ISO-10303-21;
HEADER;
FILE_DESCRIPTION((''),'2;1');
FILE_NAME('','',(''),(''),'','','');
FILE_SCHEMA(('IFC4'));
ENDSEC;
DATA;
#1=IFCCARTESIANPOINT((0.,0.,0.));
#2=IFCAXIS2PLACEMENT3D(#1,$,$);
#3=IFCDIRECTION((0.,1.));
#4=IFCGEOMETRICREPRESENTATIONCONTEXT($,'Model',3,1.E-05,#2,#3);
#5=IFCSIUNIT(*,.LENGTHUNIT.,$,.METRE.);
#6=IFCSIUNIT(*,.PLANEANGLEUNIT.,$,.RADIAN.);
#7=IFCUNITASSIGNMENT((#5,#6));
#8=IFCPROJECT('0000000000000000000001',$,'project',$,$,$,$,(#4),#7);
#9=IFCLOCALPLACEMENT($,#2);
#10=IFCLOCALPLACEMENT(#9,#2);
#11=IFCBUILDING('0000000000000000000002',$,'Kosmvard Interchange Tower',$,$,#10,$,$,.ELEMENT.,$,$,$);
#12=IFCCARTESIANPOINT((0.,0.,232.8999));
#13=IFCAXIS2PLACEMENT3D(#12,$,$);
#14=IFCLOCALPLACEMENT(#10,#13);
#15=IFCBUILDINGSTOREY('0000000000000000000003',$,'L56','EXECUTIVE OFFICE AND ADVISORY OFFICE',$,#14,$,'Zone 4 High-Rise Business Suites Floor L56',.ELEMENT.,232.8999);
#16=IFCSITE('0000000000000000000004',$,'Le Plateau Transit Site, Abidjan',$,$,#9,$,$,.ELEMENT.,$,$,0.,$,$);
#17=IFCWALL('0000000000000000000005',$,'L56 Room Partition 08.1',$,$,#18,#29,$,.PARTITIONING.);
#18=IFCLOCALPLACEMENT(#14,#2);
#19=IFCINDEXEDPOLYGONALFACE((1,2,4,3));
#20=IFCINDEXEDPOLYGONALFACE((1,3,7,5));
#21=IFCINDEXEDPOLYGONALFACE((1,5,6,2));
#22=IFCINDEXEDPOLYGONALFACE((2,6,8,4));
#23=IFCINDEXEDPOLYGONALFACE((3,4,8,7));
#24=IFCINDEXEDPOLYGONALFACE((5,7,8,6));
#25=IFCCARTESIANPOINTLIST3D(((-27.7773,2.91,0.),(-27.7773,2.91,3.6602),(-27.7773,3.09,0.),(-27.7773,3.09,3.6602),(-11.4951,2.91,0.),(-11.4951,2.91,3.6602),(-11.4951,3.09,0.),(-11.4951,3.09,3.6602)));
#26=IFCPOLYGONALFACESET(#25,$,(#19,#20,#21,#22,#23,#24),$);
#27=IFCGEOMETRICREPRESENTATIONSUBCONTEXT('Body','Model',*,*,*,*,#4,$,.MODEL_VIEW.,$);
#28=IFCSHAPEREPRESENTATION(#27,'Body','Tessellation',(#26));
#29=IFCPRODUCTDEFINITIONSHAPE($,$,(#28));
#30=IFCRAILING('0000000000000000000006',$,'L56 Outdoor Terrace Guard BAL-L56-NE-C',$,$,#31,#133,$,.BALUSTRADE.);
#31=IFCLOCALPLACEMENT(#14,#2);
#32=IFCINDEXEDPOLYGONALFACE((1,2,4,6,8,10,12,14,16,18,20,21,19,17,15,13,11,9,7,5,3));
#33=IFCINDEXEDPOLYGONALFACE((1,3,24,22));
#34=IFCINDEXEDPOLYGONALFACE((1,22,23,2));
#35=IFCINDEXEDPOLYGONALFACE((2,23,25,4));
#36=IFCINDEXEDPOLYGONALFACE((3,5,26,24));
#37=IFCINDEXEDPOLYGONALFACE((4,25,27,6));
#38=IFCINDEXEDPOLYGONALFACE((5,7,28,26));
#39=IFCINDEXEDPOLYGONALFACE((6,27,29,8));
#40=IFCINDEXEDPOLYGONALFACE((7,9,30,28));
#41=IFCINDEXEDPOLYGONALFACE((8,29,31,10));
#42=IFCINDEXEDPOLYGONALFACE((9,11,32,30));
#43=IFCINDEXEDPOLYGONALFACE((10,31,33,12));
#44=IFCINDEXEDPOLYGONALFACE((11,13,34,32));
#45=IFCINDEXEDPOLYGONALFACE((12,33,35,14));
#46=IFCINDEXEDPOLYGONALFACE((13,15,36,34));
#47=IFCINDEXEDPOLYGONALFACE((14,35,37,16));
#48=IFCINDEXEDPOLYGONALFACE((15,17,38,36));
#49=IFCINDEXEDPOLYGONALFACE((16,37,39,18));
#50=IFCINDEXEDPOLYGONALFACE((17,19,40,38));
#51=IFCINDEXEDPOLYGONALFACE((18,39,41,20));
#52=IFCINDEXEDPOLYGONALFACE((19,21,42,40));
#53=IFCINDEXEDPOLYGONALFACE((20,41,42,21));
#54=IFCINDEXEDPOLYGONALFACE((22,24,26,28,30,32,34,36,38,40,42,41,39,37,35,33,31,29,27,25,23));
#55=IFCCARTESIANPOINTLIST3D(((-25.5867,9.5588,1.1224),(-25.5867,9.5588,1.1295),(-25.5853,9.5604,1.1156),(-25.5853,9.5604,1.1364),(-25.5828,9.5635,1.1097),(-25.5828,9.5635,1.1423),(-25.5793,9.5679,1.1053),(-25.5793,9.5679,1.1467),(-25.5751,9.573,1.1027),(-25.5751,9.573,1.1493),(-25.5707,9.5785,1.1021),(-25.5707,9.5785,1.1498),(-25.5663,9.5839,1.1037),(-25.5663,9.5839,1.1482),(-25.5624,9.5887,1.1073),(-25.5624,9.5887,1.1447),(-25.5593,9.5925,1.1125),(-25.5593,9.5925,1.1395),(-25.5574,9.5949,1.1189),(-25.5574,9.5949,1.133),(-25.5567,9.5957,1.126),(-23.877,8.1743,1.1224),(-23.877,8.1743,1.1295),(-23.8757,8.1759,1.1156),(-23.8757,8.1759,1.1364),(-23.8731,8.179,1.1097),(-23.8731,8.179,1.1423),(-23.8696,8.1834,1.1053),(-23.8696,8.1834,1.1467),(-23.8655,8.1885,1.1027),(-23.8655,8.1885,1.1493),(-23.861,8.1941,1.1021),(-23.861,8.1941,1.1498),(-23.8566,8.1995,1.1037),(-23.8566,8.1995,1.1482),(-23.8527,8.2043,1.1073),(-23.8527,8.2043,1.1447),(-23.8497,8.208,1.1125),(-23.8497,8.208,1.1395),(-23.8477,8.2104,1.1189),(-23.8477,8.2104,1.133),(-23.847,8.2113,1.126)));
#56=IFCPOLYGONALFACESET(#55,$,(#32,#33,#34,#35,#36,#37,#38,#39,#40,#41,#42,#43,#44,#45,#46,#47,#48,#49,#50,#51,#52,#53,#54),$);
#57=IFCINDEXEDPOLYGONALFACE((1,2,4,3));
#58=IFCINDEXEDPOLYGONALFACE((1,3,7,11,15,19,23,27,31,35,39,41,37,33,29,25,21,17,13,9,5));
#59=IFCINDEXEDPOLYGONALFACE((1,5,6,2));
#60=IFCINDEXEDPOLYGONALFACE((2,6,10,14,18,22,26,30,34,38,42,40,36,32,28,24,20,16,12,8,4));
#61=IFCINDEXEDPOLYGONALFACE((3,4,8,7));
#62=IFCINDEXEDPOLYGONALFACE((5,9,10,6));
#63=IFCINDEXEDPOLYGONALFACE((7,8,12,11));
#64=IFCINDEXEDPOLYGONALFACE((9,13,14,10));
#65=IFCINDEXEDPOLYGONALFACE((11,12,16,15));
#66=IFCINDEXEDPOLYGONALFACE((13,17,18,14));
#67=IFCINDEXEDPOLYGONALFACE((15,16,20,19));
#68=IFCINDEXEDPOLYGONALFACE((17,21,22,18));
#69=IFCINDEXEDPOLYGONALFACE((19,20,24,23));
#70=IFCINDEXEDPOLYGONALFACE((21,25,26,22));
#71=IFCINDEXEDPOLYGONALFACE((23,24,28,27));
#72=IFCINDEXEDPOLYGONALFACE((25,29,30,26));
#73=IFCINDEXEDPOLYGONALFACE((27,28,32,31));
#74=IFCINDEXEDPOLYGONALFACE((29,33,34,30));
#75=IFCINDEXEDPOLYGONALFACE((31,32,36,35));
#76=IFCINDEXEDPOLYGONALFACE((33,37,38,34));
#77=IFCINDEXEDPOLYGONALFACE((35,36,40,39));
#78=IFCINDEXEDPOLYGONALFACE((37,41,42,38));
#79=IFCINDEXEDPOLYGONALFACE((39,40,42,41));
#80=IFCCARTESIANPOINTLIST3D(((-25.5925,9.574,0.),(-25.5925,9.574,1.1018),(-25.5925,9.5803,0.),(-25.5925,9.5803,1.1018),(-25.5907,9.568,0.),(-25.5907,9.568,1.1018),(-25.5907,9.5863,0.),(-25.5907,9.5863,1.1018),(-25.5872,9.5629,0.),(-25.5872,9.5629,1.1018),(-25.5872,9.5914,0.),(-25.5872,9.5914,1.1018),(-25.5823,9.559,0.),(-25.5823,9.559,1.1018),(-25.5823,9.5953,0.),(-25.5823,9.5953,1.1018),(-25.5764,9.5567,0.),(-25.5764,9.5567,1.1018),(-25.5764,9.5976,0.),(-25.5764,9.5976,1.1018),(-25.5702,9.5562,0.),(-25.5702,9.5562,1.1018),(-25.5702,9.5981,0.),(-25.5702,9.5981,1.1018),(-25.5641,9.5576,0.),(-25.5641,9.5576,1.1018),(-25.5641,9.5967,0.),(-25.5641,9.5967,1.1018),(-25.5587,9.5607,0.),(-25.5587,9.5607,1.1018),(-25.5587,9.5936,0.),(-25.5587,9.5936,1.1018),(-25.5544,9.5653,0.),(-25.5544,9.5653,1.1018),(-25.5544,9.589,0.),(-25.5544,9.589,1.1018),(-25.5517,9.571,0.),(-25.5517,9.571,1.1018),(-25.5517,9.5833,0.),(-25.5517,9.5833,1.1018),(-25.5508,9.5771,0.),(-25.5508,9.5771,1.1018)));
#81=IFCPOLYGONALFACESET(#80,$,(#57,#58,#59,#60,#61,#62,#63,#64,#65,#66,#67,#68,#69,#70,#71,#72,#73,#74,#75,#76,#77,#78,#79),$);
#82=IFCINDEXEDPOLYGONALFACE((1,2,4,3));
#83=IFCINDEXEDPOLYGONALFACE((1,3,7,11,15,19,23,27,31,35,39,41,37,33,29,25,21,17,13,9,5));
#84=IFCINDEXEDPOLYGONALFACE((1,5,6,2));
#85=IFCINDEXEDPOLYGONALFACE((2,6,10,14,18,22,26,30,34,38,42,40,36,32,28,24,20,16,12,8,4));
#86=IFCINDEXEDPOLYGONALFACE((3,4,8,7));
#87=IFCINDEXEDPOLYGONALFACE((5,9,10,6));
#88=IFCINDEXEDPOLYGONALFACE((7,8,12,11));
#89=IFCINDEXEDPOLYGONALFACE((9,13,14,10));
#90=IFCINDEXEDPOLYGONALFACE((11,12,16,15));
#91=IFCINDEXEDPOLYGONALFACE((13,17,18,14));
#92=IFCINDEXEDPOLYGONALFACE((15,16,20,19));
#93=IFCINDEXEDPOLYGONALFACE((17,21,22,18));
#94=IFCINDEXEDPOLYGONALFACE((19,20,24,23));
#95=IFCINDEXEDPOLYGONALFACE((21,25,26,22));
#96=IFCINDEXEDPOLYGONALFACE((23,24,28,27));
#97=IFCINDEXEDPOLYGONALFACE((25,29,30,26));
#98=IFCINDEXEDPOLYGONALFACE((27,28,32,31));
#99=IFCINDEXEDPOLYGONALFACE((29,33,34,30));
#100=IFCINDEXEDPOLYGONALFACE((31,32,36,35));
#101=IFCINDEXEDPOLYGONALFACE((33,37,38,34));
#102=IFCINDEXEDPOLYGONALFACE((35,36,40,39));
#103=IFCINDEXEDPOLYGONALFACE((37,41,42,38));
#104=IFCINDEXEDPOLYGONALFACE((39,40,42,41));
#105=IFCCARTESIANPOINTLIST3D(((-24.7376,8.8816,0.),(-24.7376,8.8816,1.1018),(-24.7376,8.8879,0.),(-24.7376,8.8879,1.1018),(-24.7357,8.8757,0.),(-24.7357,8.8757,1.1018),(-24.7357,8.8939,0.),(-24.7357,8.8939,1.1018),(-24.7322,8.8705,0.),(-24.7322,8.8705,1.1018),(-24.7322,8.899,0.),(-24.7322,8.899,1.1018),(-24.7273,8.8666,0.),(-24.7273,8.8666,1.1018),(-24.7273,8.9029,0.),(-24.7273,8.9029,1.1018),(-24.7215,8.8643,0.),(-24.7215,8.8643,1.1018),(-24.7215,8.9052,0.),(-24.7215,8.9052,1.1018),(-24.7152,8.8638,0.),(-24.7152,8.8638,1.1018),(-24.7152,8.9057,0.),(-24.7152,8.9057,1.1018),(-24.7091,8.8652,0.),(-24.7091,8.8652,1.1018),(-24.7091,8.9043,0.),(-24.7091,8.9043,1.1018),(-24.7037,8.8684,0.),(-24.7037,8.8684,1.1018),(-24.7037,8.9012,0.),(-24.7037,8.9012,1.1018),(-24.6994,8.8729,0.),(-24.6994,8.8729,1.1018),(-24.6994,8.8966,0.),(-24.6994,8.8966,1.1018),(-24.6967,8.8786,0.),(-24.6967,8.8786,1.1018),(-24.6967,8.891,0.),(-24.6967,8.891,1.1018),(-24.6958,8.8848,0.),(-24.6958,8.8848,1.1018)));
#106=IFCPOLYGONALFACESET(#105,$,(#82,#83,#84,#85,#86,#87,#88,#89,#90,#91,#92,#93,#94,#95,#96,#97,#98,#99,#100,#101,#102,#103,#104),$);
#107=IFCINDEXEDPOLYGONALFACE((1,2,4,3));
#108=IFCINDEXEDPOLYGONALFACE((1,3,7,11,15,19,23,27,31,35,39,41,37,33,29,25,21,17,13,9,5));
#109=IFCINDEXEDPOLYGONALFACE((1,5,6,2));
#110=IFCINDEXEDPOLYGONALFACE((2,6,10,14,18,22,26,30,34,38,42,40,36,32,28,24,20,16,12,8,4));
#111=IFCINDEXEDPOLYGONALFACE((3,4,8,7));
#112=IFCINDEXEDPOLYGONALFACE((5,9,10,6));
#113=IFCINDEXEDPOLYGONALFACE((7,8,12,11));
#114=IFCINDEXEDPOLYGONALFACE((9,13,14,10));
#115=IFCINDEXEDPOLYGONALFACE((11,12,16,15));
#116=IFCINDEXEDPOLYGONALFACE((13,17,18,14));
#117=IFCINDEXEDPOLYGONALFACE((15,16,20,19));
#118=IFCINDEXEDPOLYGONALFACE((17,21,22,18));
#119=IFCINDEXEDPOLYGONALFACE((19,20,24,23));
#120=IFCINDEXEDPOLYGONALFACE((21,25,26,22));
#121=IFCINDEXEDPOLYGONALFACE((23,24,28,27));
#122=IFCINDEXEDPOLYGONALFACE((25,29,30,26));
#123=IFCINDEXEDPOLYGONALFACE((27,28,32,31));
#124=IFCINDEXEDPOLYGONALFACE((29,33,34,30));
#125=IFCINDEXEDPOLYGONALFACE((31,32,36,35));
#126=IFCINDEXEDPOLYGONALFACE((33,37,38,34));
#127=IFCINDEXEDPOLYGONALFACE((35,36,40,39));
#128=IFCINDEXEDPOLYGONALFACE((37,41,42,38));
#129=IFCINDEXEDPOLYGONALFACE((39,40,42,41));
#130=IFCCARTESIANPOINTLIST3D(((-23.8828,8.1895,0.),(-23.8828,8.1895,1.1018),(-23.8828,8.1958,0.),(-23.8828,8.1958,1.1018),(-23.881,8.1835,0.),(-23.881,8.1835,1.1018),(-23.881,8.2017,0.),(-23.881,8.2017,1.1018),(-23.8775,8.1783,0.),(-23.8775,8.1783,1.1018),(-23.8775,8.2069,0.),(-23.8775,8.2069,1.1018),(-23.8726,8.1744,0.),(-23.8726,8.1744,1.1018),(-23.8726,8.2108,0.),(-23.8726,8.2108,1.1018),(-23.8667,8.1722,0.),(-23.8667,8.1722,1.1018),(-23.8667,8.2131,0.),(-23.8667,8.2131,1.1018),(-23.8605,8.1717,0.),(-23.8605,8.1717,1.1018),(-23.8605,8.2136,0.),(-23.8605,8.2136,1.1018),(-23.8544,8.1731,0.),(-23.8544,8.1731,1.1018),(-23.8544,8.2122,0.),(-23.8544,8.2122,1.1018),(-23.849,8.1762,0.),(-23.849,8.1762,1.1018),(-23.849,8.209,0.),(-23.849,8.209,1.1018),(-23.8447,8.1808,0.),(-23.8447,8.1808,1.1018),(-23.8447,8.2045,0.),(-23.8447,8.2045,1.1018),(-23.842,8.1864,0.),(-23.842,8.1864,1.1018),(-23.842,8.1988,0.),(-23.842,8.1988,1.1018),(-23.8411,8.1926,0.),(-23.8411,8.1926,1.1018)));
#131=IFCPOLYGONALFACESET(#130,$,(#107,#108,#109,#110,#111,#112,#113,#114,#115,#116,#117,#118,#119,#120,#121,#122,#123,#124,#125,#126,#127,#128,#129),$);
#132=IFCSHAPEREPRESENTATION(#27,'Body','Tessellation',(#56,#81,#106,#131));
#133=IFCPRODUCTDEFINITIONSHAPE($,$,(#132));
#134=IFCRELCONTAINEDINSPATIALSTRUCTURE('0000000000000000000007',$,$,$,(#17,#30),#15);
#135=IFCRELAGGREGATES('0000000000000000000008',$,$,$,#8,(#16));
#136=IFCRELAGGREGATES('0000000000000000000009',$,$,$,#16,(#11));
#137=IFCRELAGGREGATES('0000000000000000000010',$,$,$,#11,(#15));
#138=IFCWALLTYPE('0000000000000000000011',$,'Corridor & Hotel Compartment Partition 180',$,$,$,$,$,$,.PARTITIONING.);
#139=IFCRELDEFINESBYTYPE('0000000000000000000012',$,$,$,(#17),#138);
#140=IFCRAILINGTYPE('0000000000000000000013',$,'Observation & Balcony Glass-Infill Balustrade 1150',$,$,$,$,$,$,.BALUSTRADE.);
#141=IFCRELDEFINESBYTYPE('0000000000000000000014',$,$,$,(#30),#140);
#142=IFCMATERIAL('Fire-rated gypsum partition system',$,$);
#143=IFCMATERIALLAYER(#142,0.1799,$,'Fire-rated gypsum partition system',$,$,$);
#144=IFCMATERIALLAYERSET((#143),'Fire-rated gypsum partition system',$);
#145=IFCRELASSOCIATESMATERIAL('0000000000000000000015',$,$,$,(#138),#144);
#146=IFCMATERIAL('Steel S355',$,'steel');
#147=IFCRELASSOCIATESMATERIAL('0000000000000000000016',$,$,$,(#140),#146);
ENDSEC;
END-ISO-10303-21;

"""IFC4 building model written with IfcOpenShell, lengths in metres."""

from ifc_helpers import new_model, si_unit, direction, frame, frame_2d, origin, origin_2d, place, context, subcontext, project, spatial, rectangle, circle, extrude, source, transform, mapped, material, layer, layer_set, type_object, element, save


model = new_model("IFC4")

# Units and contexts
model_context = context("Model", 3, precision=1e-05, world=origin(), true_north=direction((0.0, 1.0)))
body_context = subcontext(model_context, "Body", "Model", "MODEL_VIEW")
ifc_project = project(units=[si_unit("LENGTHUNIT", "METRE"), si_unit("PLANEANGLEUNIT", "RADIAN")], contexts=[model_context])

# Site, building, storey
site_placement = place(None, origin())
site = spatial("IfcSite", under=ifc_project, at=site_placement, Name="Le Plateau Transit Site, Abidjan", CompositionType="ELEMENT", RefElevation=0.0)
building_placement = place(site_placement, origin())
building = spatial("IfcBuilding", under=site, at=building_placement, Name="Kosmvard Interchange Tower", CompositionType="ELEMENT")
storey_placement = place(building_placement, frame((0.0, 0.0, 232.8999)))
storey = spatial("IfcBuildingStorey", under=building, at=storey_placement, Name="L56", Description="EXECUTIVE OFFICE AND ADVISORY OFFICE", LongName="Zone 4 High-Rise Business Suites Floor L56", CompositionType="ELEMENT", Elevation=232.8999)

# Shared definitions
ifc_material_1 = material(Name="Steel S355", Category="steel")

# Shared definitions
ifc_material_2 = material(Name="Fire-rated gypsum partition system")
ifc_layer_1 = layer(ifc_material_2, 0.1799, Name="Fire-rated gypsum partition system")
ifc_layer_set_1 = layer_set([ifc_layer_1], Name="Fire-rated gypsum partition system")
wall_type_1 = type_object("IfcWallType", Name="Corridor & Hotel Compartment Partition 180", PredefinedType="PARTITIONING", material=ifc_layer_set_1)

# Wall
wall_1_placement = place(storey_placement, frame((-11.4951, 3.0, 0.0), z_axis=(0.0, 0.0, 1.0), x_axis=(-1.0, 0.0, 0.0)))
element("IfcWall", 1, at=wall_1_placement, inside=storey, type_object=wall_type_1, Name="L56 Room Partition 08.1", PredefinedType="PARTITIONING", context=body_context, shape_type="SweptSolid", body=[
    extrude(rectangle(XDim=16.2822, YDim=0.1799, at=frame_2d((8.1411, 0.0))), origin(), (0.0, 0.0, 1.0), 3.6602),
])

# Railing
railing_type = type_object("IfcRailingType", Name="Observation & Balcony Glass-Infill Balustrade 1150", PredefinedType="BALUSTRADE", material=ifc_material_1)
shared_shape_1 = source(origin(), body_context, "Body", "SweptSolid", [
    extrude(circle(Radius=0.0239, at=origin_2d()), frame((0.0, 0.0, 1.126), z_axis=(0.777141, -0.629326, 0.0), x_axis=(0.629326, 0.777141, 0.0)), (0.0, 0.0, 1.0), 2.2),
    extrude(circle(Radius=0.021, at=origin_2d()), origin(), (0.0, 0.0, 1.0), 1.1018),
    extrude(circle(Radius=0.021, at=origin_2d()), frame((0.855, -0.6924, 0.0)), (0.0, 0.0, 1.0), 1.1018),
    extrude(circle(Radius=0.021, at=origin_2d()), frame((1.7097, -1.3845, 0.0)), (0.0, 0.0, 1.0), 1.1018),
])
railing_1_placement = place(storey_placement, frame((-25.5718, 9.5771, 0.0)))
element("IfcRailing", 2, at=railing_1_placement, inside=storey, type_object=railing_type, Name="L56 Outdoor Terrace Guard BAL-L56-NE-C", PredefinedType="BALUSTRADE", context=body_context, shape_type="MappedRepresentation", body=[
    mapped(shared_shape_1, transform((0.0, 0.0, 0.0), scale=1.0)),
])

save(model, "model.ifc")
